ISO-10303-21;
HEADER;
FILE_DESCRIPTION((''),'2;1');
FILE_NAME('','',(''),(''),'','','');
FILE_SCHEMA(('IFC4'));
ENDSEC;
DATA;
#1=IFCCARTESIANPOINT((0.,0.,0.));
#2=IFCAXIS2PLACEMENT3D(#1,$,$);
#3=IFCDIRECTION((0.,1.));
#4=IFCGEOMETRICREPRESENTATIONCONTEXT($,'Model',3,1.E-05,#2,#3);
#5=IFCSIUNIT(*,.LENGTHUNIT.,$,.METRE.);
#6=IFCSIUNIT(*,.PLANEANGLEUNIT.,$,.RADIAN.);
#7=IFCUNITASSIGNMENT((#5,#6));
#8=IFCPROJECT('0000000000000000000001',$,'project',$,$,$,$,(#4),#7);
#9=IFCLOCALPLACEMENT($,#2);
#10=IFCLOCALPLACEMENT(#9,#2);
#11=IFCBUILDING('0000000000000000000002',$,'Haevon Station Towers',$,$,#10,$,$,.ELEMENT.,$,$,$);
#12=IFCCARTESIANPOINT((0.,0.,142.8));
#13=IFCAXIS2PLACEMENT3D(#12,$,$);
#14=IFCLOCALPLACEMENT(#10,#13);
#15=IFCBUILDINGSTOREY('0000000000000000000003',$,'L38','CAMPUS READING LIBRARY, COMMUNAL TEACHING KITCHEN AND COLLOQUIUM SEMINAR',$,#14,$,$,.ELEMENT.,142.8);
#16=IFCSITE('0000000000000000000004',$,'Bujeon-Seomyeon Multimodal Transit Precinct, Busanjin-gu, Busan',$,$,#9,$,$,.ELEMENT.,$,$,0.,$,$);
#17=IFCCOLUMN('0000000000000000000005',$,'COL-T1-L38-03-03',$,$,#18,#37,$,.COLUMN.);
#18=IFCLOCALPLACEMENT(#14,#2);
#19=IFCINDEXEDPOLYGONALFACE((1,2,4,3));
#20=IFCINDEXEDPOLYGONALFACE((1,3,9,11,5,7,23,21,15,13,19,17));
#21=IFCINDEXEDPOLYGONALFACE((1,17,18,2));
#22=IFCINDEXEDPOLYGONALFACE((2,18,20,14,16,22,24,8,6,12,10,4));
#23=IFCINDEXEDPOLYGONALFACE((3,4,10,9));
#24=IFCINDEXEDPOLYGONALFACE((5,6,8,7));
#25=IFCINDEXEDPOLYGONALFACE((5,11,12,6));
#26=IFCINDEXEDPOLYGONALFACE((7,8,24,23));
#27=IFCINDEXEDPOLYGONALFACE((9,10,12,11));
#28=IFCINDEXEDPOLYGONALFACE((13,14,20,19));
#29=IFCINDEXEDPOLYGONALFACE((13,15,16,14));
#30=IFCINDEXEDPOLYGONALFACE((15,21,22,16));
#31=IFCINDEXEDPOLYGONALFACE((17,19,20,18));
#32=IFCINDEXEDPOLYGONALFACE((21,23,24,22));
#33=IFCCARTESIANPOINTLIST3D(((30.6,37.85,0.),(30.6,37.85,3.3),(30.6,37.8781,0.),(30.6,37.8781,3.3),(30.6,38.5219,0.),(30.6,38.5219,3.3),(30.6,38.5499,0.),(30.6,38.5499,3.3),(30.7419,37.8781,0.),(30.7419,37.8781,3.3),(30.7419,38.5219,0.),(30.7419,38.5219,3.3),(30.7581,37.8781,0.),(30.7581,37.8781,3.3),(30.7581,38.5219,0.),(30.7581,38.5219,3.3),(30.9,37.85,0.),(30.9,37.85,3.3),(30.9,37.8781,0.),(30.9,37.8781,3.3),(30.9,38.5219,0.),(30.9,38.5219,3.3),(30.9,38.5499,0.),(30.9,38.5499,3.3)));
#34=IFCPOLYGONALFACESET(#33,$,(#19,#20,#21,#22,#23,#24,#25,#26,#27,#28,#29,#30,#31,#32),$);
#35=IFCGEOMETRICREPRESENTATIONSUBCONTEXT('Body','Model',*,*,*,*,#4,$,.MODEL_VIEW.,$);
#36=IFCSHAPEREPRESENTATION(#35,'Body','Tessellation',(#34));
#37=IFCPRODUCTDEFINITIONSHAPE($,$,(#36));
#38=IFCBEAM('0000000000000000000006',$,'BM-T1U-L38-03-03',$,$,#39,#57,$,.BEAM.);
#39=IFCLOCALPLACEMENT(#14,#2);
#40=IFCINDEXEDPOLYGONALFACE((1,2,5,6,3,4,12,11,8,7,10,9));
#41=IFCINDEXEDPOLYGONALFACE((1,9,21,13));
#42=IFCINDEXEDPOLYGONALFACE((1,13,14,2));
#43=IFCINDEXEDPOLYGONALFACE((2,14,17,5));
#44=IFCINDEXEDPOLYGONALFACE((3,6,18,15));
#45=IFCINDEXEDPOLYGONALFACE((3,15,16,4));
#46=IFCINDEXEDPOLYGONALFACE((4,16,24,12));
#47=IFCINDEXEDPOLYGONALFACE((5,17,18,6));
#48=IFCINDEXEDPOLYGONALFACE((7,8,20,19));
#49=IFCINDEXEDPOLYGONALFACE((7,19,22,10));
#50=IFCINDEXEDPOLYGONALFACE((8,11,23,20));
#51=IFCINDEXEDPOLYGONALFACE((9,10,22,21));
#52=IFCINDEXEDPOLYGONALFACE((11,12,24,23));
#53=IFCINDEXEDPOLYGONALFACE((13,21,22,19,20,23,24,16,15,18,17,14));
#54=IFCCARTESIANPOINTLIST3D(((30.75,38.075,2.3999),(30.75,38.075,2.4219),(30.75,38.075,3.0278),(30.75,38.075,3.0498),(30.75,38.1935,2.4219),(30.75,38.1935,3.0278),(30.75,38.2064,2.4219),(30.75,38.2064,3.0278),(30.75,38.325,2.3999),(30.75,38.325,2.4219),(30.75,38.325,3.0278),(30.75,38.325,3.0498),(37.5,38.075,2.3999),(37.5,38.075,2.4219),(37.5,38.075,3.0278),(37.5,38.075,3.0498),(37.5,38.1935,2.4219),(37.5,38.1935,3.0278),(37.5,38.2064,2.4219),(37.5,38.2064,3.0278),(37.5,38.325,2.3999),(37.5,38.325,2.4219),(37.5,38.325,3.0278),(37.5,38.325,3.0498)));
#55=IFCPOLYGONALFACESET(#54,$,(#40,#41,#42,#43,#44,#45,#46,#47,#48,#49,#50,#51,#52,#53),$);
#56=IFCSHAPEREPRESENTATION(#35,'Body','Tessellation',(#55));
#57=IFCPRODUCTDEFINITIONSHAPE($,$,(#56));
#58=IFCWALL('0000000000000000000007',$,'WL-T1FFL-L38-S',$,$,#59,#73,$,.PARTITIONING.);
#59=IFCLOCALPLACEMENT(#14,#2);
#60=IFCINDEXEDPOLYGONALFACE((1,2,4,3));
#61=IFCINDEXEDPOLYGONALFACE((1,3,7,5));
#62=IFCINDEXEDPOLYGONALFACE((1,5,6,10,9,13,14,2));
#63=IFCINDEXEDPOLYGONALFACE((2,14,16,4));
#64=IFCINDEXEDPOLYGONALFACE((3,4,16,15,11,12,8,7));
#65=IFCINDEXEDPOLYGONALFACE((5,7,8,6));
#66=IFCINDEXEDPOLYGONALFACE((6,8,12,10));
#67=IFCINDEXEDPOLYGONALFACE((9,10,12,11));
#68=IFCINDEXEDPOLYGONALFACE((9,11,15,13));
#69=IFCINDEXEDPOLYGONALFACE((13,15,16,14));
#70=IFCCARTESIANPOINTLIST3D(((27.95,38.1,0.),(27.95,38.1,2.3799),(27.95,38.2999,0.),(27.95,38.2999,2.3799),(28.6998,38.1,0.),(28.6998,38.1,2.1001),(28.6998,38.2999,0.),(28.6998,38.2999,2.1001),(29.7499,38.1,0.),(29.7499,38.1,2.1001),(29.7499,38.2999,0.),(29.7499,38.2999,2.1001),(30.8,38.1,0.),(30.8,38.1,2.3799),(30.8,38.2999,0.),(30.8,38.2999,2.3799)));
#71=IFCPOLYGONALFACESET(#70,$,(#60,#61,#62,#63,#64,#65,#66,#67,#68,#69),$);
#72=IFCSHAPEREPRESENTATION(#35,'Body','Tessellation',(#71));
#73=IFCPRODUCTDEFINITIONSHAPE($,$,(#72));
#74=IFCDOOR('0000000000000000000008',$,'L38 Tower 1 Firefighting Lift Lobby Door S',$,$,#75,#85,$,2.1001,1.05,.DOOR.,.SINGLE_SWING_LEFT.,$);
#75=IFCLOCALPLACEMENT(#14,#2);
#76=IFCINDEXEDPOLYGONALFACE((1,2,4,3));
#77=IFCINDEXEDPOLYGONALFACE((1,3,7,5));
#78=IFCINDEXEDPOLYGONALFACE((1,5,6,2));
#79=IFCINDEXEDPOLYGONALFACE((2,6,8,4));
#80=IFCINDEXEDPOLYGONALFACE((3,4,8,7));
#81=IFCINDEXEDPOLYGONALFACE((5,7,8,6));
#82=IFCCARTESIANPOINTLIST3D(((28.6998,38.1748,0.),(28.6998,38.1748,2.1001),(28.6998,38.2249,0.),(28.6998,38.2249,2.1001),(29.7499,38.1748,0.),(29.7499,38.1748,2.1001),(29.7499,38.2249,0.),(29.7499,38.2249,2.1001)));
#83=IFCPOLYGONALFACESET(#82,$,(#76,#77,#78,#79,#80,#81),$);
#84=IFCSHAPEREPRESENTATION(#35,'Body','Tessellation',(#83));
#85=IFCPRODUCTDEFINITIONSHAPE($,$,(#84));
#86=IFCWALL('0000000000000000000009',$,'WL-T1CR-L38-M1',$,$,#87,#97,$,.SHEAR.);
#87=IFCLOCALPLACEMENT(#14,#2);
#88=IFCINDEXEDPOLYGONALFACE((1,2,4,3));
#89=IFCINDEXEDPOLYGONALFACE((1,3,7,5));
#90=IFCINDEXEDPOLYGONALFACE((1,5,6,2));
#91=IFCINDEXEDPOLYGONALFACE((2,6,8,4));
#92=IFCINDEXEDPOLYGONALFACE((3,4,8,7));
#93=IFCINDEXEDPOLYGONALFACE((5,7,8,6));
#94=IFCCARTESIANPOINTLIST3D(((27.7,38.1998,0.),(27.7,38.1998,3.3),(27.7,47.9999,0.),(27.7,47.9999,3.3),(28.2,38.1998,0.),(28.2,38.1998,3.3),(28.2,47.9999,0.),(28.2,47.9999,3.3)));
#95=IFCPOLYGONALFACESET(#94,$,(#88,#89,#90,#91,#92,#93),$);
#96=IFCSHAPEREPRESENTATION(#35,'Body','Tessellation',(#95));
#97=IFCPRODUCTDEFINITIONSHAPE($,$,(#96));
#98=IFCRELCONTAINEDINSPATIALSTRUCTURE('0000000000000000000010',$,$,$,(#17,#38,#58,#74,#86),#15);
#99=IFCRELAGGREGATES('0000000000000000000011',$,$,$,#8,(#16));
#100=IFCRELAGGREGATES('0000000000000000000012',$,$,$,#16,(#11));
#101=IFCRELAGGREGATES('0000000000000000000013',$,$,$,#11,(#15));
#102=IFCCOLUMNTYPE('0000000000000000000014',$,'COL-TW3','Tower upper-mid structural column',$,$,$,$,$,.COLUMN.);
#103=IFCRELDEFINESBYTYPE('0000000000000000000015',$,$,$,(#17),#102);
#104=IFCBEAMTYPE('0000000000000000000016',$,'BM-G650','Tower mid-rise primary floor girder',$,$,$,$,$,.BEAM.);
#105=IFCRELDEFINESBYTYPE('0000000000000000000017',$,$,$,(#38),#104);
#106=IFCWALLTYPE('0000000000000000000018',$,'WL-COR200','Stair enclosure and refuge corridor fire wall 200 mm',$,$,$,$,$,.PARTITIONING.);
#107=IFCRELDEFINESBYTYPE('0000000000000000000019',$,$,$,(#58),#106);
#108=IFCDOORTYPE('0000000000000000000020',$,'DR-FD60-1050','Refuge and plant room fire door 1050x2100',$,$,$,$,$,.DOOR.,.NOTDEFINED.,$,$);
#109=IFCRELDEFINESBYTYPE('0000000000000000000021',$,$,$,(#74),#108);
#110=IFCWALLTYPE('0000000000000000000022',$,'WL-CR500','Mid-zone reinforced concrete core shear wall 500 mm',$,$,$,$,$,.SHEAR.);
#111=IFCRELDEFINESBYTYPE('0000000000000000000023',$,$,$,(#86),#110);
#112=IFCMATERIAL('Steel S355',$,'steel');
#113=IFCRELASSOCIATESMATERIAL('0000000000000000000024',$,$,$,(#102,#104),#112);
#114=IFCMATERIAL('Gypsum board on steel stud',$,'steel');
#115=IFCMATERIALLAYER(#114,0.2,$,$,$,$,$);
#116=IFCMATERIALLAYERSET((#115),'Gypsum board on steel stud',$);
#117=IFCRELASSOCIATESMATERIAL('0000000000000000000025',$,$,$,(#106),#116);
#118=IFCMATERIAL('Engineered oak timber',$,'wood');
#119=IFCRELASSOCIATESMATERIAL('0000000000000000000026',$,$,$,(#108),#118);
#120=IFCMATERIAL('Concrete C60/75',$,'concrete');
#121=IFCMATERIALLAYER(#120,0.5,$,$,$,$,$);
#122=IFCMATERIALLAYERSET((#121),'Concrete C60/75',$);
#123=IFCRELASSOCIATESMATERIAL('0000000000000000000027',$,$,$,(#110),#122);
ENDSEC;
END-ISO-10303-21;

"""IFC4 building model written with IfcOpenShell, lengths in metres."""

from ifc_helpers import new_model, si_unit, direction, frame, frame_2d, origin, origin_2d, place, context, subcontext, project, spatial, rectangle, i_section, extrude, material, layer, layer_set, material_profile, profile_set, type_object, element, fill, save


model = new_model("IFC4")

# Units and contexts
model_context = context("Model", 3, precision=1e-05, world=origin(), true_north=direction((0.0, 1.0)))
body_context = subcontext(model_context, "Body", "Model", "MODEL_VIEW")
ifc_project = project(units=[si_unit("LENGTHUNIT", "METRE"), si_unit("PLANEANGLEUNIT", "RADIAN")], contexts=[model_context])

# Site, building, storey
site_placement = place(None, origin())
site = spatial("IfcSite", under=ifc_project, at=site_placement, Name="Bujeon-Seomyeon Multimodal Transit Precinct, Busanjin-gu, Busan", CompositionType="ELEMENT", RefElevation=0.0)
building_placement = place(site_placement, origin())
building = spatial("IfcBuilding", under=site, at=building_placement, Name="Haevon Station Towers", CompositionType="ELEMENT")
storey_placement = place(building_placement, frame((0.0, 0.0, 142.8)))
storey = spatial("IfcBuildingStorey", under=building, at=storey_placement, Name="L38", Description="CAMPUS READING LIBRARY, COMMUNAL TEACHING KITCHEN AND COLLOQUIUM SEMINAR", CompositionType="ELEMENT", Elevation=142.8)

# Column
ifc_material_1 = material(Name="Steel S355", Category="steel")
ifc_material_profile_1 = material_profile(ifc_material_1, i_section(OverallWidth=0.3, OverallDepth=0.7, WebThickness=0.0161, FlangeThickness=0.0281, at=origin_2d()), Name="H-700x300x16x28")
ifc_profile_set_1 = profile_set([ifc_material_profile_1], Name="Steel S355")
column_type = type_object("IfcColumnType", Name="COL-TW3", Description="Tower upper-mid structural column", PredefinedType="COLUMN", material=ifc_profile_set_1)
column_placement = place(storey_placement, frame((30.75, 38.2, 0.0), z_axis=(0.0, 0.0, 1.0), x_axis=(1.0, 0.0, 0.0)))
element("IfcColumn", 1, at=column_placement, inside=storey, type_object=column_type, Name="COL-T1-L38-03-03", PredefinedType="COLUMN", context=body_context, shape_type="SweptSolid", body=[
    extrude(i_section(OverallWidth=0.3, OverallDepth=0.7, WebThickness=0.0161, FlangeThickness=0.0281, at=origin_2d()), origin(), (0.0, 0.0, 1.0), 3.3),
])

# Beam
ifc_material_profile_2 = material_profile(ifc_material_1, i_section(OverallWidth=0.25, OverallDepth=0.6499, WebThickness=0.0129, FlangeThickness=0.022, at=origin_2d()), Name="H-650x250x13x22")
ifc_profile_set_2 = profile_set([ifc_material_profile_2], Name="Steel S355")
beam_type = type_object("IfcBeamType", Name="BM-G650", Description="Tower mid-rise primary floor girder", PredefinedType="BEAM", material=ifc_profile_set_2)
beam_placement = place(storey_placement, frame((30.75, 38.2, 2.7249), z_axis=(1.0, 0.0, 0.0), x_axis=(0.0, 1.0, 0.0)))
element("IfcBeam", 2, at=beam_placement, inside=storey, type_object=beam_type, Name="BM-T1U-L38-03-03", PredefinedType="BEAM", context=body_context, shape_type="SweptSolid", body=[
    extrude(i_section(OverallWidth=0.25, OverallDepth=0.6499, WebThickness=0.0129, FlangeThickness=0.022, at=origin_2d()), origin(), (0.0, 0.0, 1.0), 6.75),
])

# Wall, opening, door
ifc_material_2 = material(Name="Gypsum board on steel stud", Category="steel")
ifc_layer_1 = layer(ifc_material_2, 0.2)
ifc_layer_set_1 = layer_set([ifc_layer_1], Name="Gypsum board on steel stud")
wall_type_1 = type_object("IfcWallType", Name="WL-COR200", Description="Stair enclosure and refuge corridor fire wall 200 mm", PredefinedType="PARTITIONING", material=ifc_layer_set_1)
wall_1_placement = place(storey_placement, frame((27.95, 38.2, 0.0), z_axis=(0.0, 0.0, 1.0), x_axis=(1.0, 0.0, 0.0)))
wall_1 = element("IfcWall", 3, at=wall_1_placement, inside=storey, type_object=wall_type_1, Name="WL-T1FFL-L38-S", PredefinedType="PARTITIONING", context=body_context, shape_type="SweptSolid", body=[
    extrude(rectangle(XDim=2.8501, YDim=0.2, at=frame_2d((1.425, 0.0))), origin(), (0.0, 0.0, 1.0), 2.3799),
])
opening_1_placement = place(wall_1_placement, frame((0.75, 0.0, 0.0)))
opening_1 = element("IfcOpeningElement", 4, at=opening_1_placement, cuts=wall_1, PredefinedType="OPENING", context=body_context, shape_type="SweptSolid", body=[
    extrude(rectangle(XDim=1.05, YDim=2.1001, at=frame_2d((0.5249, 1.05))), frame((0.0, 0.1099, 0.0), z_axis=(0.0, -1.0, 0.0), x_axis=(1.0, 0.0, 0.0)), (0.0, 0.0, 1.0), 0.22),
])
ifc_material_3 = material(Name="Engineered oak timber", Category="wood")
door_type_1 = type_object("IfcDoorType", Name="DR-FD60-1050", Description="Refuge and plant room fire door 1050x2100", OperationType="NOTDEFINED", PredefinedType="DOOR", material=ifc_material_3)
door_1_placement = place(opening_1_placement, origin())
door_1 = element("IfcDoor", 5, at=door_1_placement, inside=storey, type_object=door_type_1, Name="L38 Tower 1 Firefighting Lift Lobby Door S", OperationType="SINGLE_SWING_LEFT", OverallHeight=2.1001, OverallWidth=1.05, PredefinedType="DOOR", context=body_context, shape_type="SweptSolid", body=[
    extrude(rectangle(XDim=1.05, YDim=2.1001, at=frame_2d((0.5249, 1.05))), frame((0.0, 0.0249, 0.0), z_axis=(0.0, -1.0, 0.0), x_axis=(1.0, 0.0, 0.0)), (0.0, 0.0, 1.0), 0.05),
])
fill(opening_1, door_1)

# Wall
ifc_material_4 = material(Name="Concrete C60/75", Category="concrete")
ifc_layer_2 = layer(ifc_material_4, 0.5)
ifc_layer_set_2 = layer_set([ifc_layer_2], Name="Concrete C60/75")
wall_type_2 = type_object("IfcWallType", Name="WL-CR500", Description="Mid-zone reinforced concrete core shear wall 500 mm", PredefinedType="SHEAR", material=ifc_layer_set_2)
wall_2_placement = place(storey_placement, frame((27.95, 38.2, 0.0), z_axis=(0.0, 0.0, 1.0), x_axis=(0.0, 1.0, 0.0)))
element("IfcWall", 6, at=wall_2_placement, inside=storey, type_object=wall_type_2, Name="WL-T1CR-L38-M1", PredefinedType="SHEAR", context=body_context, shape_type="SweptSolid", body=[
    extrude(rectangle(XDim=9.8, YDim=0.5, at=frame_2d((4.8999, 0.0))), origin(), (0.0, 0.0, 1.0), 3.3),
])

save(model, "model.ifc")
